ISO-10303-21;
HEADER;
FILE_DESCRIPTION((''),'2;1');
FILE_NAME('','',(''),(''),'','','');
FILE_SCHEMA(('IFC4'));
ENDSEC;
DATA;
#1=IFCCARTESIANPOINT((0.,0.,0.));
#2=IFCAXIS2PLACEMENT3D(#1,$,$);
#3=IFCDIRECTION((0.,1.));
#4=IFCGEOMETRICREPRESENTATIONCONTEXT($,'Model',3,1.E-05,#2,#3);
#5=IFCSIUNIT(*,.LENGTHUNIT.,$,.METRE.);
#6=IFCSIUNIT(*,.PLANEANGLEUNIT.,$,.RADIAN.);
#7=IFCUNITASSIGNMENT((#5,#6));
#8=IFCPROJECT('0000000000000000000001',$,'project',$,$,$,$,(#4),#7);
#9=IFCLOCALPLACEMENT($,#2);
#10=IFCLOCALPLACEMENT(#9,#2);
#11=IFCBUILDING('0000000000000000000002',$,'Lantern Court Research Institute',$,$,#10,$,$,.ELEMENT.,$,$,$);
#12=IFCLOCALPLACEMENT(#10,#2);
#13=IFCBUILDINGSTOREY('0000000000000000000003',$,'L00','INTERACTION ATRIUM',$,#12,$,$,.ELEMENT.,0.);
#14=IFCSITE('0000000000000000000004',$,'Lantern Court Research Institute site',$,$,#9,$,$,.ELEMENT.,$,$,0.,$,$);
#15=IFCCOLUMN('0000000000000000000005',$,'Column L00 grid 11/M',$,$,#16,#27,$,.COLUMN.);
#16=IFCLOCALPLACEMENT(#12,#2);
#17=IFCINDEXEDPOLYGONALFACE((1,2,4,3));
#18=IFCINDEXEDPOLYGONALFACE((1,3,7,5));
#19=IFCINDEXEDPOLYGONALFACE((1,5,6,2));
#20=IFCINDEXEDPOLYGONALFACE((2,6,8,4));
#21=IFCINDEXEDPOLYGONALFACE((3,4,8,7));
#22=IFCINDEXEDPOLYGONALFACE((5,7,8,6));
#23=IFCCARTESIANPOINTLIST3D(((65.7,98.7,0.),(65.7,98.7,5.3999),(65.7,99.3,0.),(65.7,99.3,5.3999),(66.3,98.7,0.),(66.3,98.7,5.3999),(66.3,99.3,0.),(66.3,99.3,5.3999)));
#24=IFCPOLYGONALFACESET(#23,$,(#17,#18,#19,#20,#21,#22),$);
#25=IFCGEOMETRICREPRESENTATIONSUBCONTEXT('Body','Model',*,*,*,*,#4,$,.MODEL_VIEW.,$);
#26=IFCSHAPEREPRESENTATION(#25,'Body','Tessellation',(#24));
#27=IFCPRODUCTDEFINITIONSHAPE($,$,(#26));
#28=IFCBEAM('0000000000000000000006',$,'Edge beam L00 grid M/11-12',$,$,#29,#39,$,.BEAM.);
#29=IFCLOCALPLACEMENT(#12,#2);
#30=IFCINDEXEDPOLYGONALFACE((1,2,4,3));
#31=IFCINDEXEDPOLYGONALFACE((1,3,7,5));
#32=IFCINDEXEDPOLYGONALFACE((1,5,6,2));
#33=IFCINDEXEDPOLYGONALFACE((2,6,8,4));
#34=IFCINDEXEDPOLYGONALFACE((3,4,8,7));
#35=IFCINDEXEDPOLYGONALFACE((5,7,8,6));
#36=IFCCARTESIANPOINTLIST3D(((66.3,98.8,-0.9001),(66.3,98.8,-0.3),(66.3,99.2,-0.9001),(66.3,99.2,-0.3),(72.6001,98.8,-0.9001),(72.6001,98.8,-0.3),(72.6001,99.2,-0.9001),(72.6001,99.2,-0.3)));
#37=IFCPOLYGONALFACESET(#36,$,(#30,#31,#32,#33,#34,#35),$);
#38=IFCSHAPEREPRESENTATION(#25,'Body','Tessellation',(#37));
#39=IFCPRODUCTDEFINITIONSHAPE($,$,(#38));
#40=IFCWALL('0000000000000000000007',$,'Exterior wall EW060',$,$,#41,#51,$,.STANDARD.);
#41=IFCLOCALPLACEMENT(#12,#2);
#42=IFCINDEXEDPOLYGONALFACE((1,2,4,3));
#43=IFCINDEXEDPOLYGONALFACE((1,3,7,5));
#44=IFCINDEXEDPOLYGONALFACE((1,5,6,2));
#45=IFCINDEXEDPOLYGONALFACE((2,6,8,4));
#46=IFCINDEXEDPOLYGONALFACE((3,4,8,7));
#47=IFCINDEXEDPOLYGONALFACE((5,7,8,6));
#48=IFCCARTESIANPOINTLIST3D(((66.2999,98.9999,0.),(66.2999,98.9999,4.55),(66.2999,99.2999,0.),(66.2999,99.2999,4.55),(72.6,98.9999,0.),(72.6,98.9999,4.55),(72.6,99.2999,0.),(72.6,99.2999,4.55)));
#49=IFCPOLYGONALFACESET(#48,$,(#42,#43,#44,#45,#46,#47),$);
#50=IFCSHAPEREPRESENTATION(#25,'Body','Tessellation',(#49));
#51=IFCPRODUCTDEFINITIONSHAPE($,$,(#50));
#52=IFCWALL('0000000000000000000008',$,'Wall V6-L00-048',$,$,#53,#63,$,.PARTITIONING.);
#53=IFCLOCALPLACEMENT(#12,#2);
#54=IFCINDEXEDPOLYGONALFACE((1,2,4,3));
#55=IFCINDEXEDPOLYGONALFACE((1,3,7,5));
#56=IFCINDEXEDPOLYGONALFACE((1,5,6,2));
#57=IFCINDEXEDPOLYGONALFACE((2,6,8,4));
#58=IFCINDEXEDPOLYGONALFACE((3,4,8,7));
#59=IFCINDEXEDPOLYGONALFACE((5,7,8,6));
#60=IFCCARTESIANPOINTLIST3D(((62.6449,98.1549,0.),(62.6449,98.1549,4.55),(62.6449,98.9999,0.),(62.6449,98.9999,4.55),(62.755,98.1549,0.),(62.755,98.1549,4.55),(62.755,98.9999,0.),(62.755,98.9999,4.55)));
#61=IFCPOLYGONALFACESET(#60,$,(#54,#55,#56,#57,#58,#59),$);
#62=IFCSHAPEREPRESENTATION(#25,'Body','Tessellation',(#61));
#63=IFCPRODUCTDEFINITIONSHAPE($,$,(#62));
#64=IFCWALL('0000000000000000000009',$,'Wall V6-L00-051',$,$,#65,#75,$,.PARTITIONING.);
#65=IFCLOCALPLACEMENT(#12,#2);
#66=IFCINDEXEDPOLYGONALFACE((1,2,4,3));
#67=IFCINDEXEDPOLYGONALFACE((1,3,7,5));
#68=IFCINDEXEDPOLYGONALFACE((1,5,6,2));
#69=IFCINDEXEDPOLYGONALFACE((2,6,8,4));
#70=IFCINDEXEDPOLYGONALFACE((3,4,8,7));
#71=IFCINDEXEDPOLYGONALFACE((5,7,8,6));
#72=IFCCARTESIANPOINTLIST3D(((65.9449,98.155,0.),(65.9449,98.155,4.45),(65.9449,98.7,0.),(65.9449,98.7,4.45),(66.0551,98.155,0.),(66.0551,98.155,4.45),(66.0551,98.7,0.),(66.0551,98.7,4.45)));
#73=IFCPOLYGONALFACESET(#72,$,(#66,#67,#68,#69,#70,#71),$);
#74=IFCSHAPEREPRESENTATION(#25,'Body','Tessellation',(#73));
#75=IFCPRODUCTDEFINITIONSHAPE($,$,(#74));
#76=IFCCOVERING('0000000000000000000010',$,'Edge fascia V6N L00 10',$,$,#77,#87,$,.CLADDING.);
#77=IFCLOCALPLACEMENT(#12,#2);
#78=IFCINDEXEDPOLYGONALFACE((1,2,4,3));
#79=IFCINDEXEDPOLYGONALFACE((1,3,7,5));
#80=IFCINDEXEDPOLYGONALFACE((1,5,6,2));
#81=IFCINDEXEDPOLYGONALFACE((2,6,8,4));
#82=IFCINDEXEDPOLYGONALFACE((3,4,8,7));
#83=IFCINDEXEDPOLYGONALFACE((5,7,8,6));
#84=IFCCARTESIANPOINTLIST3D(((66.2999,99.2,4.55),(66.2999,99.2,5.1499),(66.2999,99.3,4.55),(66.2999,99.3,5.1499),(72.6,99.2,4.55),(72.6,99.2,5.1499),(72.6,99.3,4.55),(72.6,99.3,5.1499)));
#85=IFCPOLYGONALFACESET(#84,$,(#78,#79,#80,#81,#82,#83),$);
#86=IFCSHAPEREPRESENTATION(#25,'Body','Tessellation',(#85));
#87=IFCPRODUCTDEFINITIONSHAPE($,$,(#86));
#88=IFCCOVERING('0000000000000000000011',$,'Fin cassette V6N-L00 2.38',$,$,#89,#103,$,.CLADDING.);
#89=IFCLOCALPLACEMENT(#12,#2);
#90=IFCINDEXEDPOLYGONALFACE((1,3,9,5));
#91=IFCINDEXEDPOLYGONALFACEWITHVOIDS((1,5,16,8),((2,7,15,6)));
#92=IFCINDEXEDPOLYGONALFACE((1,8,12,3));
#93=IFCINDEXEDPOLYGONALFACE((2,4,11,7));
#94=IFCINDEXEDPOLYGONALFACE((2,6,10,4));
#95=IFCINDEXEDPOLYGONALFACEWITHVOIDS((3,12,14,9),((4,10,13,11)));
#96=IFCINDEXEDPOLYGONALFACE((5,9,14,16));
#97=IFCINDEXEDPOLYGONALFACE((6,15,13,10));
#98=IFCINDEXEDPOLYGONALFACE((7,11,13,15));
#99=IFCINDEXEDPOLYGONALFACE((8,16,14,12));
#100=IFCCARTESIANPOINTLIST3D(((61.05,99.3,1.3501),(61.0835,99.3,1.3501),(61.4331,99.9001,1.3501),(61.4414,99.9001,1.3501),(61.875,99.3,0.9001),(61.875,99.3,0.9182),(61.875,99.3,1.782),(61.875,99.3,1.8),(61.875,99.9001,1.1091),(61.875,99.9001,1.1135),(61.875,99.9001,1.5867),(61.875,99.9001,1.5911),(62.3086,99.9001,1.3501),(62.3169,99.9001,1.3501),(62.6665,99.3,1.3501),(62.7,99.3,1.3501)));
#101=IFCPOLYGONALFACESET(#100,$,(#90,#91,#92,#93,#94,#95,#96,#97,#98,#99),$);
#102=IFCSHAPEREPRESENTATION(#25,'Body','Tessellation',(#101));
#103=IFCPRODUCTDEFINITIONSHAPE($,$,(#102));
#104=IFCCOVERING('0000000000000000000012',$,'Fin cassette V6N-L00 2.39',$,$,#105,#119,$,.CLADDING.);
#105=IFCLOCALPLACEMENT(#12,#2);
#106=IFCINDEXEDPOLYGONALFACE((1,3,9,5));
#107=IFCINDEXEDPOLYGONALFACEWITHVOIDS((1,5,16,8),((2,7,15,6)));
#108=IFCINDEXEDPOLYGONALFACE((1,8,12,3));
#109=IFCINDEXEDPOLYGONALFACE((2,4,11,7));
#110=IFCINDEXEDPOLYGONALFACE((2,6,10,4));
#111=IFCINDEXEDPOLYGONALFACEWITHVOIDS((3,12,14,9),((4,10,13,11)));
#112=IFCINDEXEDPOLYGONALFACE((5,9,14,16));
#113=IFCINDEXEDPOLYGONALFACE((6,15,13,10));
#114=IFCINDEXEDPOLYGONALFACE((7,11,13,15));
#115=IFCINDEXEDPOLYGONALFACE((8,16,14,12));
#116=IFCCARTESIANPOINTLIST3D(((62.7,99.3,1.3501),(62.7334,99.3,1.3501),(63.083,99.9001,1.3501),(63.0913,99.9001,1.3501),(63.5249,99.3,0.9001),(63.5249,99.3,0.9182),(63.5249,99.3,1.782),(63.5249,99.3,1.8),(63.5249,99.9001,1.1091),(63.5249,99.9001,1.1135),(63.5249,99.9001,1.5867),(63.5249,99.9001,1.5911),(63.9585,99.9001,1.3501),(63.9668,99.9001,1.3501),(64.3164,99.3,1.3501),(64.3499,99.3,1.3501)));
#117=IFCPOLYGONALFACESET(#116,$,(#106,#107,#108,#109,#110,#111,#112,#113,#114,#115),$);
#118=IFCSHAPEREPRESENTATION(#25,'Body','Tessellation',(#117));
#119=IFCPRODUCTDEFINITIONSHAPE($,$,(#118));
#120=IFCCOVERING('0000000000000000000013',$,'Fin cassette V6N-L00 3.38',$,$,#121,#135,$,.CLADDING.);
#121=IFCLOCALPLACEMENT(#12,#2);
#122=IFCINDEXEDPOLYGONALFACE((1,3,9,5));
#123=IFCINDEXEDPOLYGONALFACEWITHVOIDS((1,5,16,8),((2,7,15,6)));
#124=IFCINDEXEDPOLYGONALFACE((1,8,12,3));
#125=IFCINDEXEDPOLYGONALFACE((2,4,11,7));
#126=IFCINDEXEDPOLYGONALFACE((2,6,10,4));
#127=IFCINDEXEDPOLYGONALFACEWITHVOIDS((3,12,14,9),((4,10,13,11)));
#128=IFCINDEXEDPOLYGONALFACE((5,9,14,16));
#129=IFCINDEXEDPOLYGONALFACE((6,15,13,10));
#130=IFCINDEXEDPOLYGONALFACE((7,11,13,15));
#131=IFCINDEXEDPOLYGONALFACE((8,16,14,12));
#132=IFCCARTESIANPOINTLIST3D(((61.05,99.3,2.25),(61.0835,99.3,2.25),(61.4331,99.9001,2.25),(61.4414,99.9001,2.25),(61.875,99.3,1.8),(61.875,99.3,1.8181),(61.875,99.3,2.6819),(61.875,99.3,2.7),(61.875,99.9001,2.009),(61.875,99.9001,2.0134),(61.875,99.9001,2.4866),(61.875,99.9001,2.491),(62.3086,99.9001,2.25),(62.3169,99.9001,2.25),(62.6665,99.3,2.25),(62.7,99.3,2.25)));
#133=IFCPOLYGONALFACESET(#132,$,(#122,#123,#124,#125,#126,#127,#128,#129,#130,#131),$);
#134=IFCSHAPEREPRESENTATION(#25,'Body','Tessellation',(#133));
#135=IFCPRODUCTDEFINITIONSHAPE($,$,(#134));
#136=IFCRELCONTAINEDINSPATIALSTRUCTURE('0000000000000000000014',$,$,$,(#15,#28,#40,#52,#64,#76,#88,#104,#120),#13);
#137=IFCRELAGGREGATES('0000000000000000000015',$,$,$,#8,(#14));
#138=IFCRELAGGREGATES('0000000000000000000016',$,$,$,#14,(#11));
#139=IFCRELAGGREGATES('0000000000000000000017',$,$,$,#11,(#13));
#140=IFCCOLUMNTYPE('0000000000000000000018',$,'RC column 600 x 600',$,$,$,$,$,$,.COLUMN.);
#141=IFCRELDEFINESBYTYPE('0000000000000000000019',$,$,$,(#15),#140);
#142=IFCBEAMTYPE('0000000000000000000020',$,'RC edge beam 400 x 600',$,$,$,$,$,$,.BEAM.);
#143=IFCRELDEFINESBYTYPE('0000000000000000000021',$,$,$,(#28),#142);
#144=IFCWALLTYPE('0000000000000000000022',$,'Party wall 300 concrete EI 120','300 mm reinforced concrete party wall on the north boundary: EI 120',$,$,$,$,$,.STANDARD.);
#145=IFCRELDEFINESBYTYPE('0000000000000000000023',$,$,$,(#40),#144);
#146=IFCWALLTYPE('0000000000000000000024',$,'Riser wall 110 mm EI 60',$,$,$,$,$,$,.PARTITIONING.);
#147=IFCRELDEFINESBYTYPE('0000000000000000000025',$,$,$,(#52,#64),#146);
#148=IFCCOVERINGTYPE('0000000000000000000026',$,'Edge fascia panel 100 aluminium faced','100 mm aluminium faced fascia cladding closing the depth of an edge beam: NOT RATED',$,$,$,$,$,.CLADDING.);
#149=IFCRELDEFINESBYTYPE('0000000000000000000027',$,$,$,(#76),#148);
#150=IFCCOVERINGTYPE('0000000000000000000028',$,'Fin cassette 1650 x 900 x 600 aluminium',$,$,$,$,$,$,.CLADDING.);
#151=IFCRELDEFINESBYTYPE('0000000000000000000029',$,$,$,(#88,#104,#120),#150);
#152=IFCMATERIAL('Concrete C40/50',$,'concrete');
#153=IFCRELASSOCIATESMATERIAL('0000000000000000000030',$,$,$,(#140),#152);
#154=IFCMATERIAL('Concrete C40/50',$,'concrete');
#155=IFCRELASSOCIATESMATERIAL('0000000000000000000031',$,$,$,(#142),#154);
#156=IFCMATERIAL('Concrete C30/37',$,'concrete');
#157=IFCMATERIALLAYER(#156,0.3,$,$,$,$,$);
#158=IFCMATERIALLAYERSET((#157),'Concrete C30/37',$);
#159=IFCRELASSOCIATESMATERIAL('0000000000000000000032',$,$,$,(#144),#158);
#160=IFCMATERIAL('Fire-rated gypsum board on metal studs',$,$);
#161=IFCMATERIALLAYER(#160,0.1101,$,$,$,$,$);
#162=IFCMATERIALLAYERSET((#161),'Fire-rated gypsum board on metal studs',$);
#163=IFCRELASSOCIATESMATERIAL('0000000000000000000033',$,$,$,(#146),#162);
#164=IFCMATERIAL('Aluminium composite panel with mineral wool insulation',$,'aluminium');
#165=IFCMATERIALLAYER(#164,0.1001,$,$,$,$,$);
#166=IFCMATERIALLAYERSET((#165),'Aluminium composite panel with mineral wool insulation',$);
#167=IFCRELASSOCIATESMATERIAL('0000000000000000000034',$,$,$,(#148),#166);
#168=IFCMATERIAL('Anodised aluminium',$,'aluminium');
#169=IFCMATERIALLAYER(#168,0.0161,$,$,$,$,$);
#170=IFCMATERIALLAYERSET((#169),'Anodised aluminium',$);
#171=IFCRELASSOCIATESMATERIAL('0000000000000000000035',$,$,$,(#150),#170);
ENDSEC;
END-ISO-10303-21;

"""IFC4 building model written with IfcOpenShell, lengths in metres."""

from ifc_helpers import new_model, entity, si_unit, direction, frame, frame_2d, origin, origin_2d, place, context, subcontext, project, spatial, rectangle, extrude, material, layer, layer_set, material_profile, profile_set, type_object, element, save


model = new_model("IFC4")

# Units and contexts
model_context = context("Model", 3, precision=1e-05, world=origin(), true_north=direction((0.0, 1.0)))
body_context = subcontext(model_context, "Body", "Model", "MODEL_VIEW")
ifc_project = project(units=[si_unit("LENGTHUNIT", "METRE"), si_unit("PLANEANGLEUNIT", "RADIAN")], contexts=[model_context])

# Site, building, storey
site_placement = place(None, origin())
site = spatial("IfcSite", under=ifc_project, at=site_placement, Name="Lantern Court Research Institute site", CompositionType="ELEMENT", RefElevation=0.0)
building_placement = place(site_placement, origin())
building = spatial("IfcBuilding", under=site, at=building_placement, Name="Lantern Court Research Institute", CompositionType="ELEMENT")
storey_placement = place(building_placement, origin())
storey = spatial("IfcBuildingStorey", under=building, at=storey_placement, Name="L00", Description="INTERACTION ATRIUM", CompositionType="ELEMENT", Elevation=0.0)

# Column
ifc_material_1 = material(Name="Concrete C40/50", Category="concrete")
ifc_material_profile_1 = material_profile(ifc_material_1, rectangle(XDim=0.6001, YDim=0.6001, at=origin_2d()), Name="RC column 600 x 600")
ifc_profile_set_1 = profile_set([ifc_material_profile_1], Name="Concrete C40/50")
column_type = type_object("IfcColumnType", Name="RC column 600 x 600", PredefinedType="COLUMN", material=ifc_profile_set_1)
column_placement = place(storey_placement, frame((66.0, 99.0, 0.0), z_axis=(0.0, 0.0, 1.0), x_axis=(1.0, 0.0, 0.0)))
element("IfcColumn", 1, at=column_placement, inside=storey, type_object=column_type, Name="Column L00 grid 11/M", PredefinedType="COLUMN", context=body_context, shape_type="SweptSolid", body=[
    extrude(rectangle(XDim=0.6001, YDim=0.6001, at=origin_2d()), origin(), (0.0, 0.0, 1.0), 5.3999),
])

# Beam
ifc_material_2 = material(Name="Concrete C40/50", Category="concrete")
ifc_material_profile_2 = material_profile(ifc_material_2, rectangle(XDim=0.3999, YDim=0.6001, at=origin_2d()), Name="RC beam 400 x 600")
ifc_profile_set_2 = profile_set([ifc_material_profile_2], Name="Concrete C40/50")
beam_type = type_object("IfcBeamType", Name="RC edge beam 400 x 600", PredefinedType="BEAM", material=ifc_profile_set_2)
beam_placement = place(storey_placement, frame((66.3, 99.0, -0.6001), z_axis=(1.0, 0.0, 0.0), x_axis=(0.0, 1.0, 0.0)))
element("IfcBeam", 2, at=beam_placement, inside=storey, type_object=beam_type, Name="Edge beam L00 grid M/11-12", PredefinedType="BEAM", context=body_context, shape_type="SweptSolid", body=[
    extrude(rectangle(XDim=0.3999, YDim=0.6001, at=origin_2d()), origin(), (0.0, 0.0, 1.0), 6.3),
])

# Walls
ifc_material_3 = material(Name="Concrete C30/37", Category="concrete")
ifc_layer_1 = layer(ifc_material_3, 0.3)
ifc_layer_set_1 = layer_set([ifc_layer_1], Name="Concrete C30/37")
wall_type_1 = type_object("IfcWallType", Name="Party wall 300 concrete EI 120", Description="300 mm reinforced concrete party wall on the north boundary: EI 120", PredefinedType="STANDARD", material=ifc_layer_set_1)
wall_1_placement = place(storey_placement, frame((66.3, 99.1499, 0.0), z_axis=(0.0, 0.0, 1.0), x_axis=(1.0, 0.0, 0.0)))
element("IfcWall", 3, at=wall_1_placement, inside=storey, type_object=wall_type_1, Name="Exterior wall EW060", PredefinedType="STANDARD", context=body_context, shape_type="SweptSolid", body=[
    extrude(rectangle(XDim=6.3, YDim=0.3, at=frame_2d((3.1499, 0.0))), origin(), (0.0, 0.0, 1.0), 4.55),
])
ifc_material_4 = material(Name="Fire-rated gypsum board on metal studs")
ifc_layer_2 = layer(ifc_material_4, 0.1101)
ifc_layer_set_2 = layer_set([ifc_layer_2], Name="Fire-rated gypsum board on metal studs")
wall_type_2 = type_object("IfcWallType", Name="Riser wall 110 mm EI 60", PredefinedType="PARTITIONING", material=ifc_layer_set_2)
wall_2_placement = place(storey_placement, frame((62.7, 98.155, 0.0), z_axis=(0.0, 0.0, 1.0), x_axis=(0.0, 1.0, 0.0)))
element("IfcWall", 4, at=wall_2_placement, inside=storey, type_object=wall_type_2, Name="Wall V6-L00-048", PredefinedType="PARTITIONING", context=body_context, shape_type="SweptSolid", body=[
    extrude(rectangle(XDim=0.845, YDim=0.1101, at=frame_2d((0.4224, 0.0))), origin(), (0.0, 0.0, 1.0), 4.55),
])
wall_3_placement = place(storey_placement, frame((66.0, 98.155, 0.0), z_axis=(0.0, 0.0, 1.0), x_axis=(0.0, 1.0, 0.0)))
element("IfcWall", 5, at=wall_3_placement, inside=storey, type_object=wall_type_2, Name="Wall V6-L00-051", PredefinedType="PARTITIONING", context=body_context, shape_type="SweptSolid", body=[
    extrude(rectangle(XDim=0.5449, YDim=0.1101, at=frame_2d((0.2725, 0.0))), origin(), (0.0, 0.0, 1.0), 4.45),
])

# Coverings
ifc_material_5 = material(Name="Aluminium composite panel with mineral wool insulation", Category="aluminium")
ifc_layer_3 = layer(ifc_material_5, 0.1001)
ifc_layer_set_3 = layer_set([ifc_layer_3], Name="Aluminium composite panel with mineral wool insulation")
covering_type_1 = type_object("IfcCoveringType", Name="Edge fascia panel 100 aluminium faced", Description="100 mm aluminium faced fascia cladding closing the depth of an edge beam: NOT RATED", PredefinedType="CLADDING", material=ifc_layer_set_3)
covering_1_placement = place(storey_placement, frame((66.3, 99.25, 4.55), z_axis=(0.0, 0.0, 1.0), x_axis=(1.0, 0.0, 0.0)))
element("IfcCovering", 6, at=covering_1_placement, inside=storey, type_object=covering_type_1, Name="Edge fascia V6N L00 10", PredefinedType="CLADDING", context=body_context, shape_type="SweptSolid", body=[
    extrude(rectangle(XDim=6.3, YDim=0.1001, at=frame_2d((3.1499, 0.0))), origin(), (0.0, 0.0, 1.0), 0.5999),
])
ifc_material_6 = material(Name="Anodised aluminium", Category="aluminium")
ifc_layer_4 = layer(ifc_material_6, 0.0161)
ifc_layer_set_4 = layer_set([ifc_layer_4], Name="Anodised aluminium")
covering_type_2 = type_object("IfcCoveringType", Name="Fin cassette 1650 x 900 x 600 aluminium", PredefinedType="CLADDING", material=ifc_layer_set_4)
covering_2_placement = place(storey_placement, frame((61.875, 99.3, 1.3501), z_axis=(0.0, 1.0, 0.0), x_axis=(-1.0, 0.0, 0.0)))
cartesian_point_1 = entity("IfcCartesianPoint", [0.825, 0.0])
cartesian_point_2 = entity("IfcCartesianPoint", [0.7915, 0.0])
cartesian_point_3 = entity("IfcCartesianPoint", [0.4419, 0.0])
cartesian_point_4 = entity("IfcCartesianPoint", [0.4336, 0.0])
element("IfcCovering", 7, at=covering_2_placement, inside=storey, type_object=covering_type_2, Name="Fin cassette V6N-L00 2.38", PredefinedType="CLADDING", context=body_context, shape_type="SweptSolid", body=[
    entity("IfcExtrudedAreaSolidTapered", entity("IfcArbitraryProfileDefWithVoids", "AREA", None, entity("IfcPolyline", [cartesian_point_1, entity("IfcCartesianPoint", [0.0, 0.45]), entity("IfcCartesianPoint", [-0.825, 0.0]), entity("IfcCartesianPoint", [0.0, -0.45]), cartesian_point_1]), [entity("IfcPolyline", [cartesian_point_2, entity("IfcCartesianPoint", [0.0, 0.4319]), entity("IfcCartesianPoint", [-0.7915, 0.0]), entity("IfcCartesianPoint", [0.0, -0.4319]), cartesian_point_2])]), entity("IfcAxis2Placement3D", entity("IfcCartesianPoint", [0.0, 0.0, 0.0])), entity("IfcDirection", [0.0, 0.0, 1.0]), 0.6001, entity("IfcArbitraryProfileDefWithVoids", "AREA", None, entity("IfcPolyline", [cartesian_point_3, entity("IfcCartesianPoint", [0.0, 0.241]), entity("IfcCartesianPoint", [-0.4419, 0.0]), entity("IfcCartesianPoint", [0.0, -0.241]), cartesian_point_3]), [entity("IfcPolyline", [cartesian_point_4, entity("IfcCartesianPoint", [0.0, 0.2366]), entity("IfcCartesianPoint", [-0.4336, 0.0]), entity("IfcCartesianPoint", [0.0, -0.2366]), cartesian_point_4])])),
])
covering_3_placement = place(storey_placement, frame((63.5249, 99.3, 1.3501), z_axis=(0.0, 1.0, 0.0), x_axis=(-1.0, 0.0, 0.0)))
cartesian_point_5 = entity("IfcCartesianPoint", [0.825, 0.0])
cartesian_point_6 = entity("IfcCartesianPoint", [0.7915, 0.0])
cartesian_point_7 = entity("IfcCartesianPoint", [0.4419, 0.0])
cartesian_point_8 = entity("IfcCartesianPoint", [0.4336, 0.0])
element("IfcCovering", 8, at=covering_3_placement, inside=storey, type_object=covering_type_2, Name="Fin cassette V6N-L00 2.39", PredefinedType="CLADDING", context=body_context, shape_type="SweptSolid", body=[
    entity("IfcExtrudedAreaSolidTapered", entity("IfcArbitraryProfileDefWithVoids", "AREA", None, entity("IfcPolyline", [cartesian_point_5, entity("IfcCartesianPoint", [0.0, 0.45]), entity("IfcCartesianPoint", [-0.825, 0.0]), entity("IfcCartesianPoint", [0.0, -0.45]), cartesian_point_5]), [entity("IfcPolyline", [cartesian_point_6, entity("IfcCartesianPoint", [0.0, 0.4319]), entity("IfcCartesianPoint", [-0.7915, 0.0]), entity("IfcCartesianPoint", [0.0, -0.4319]), cartesian_point_6])]), entity("IfcAxis2Placement3D", entity("IfcCartesianPoint", [0.0, 0.0, 0.0])), entity("IfcDirection", [0.0, 0.0, 1.0]), 0.6001, entity("IfcArbitraryProfileDefWithVoids", "AREA", None, entity("IfcPolyline", [cartesian_point_7, entity("IfcCartesianPoint", [0.0, 0.241]), entity("IfcCartesianPoint", [-0.4419, 0.0]), entity("IfcCartesianPoint", [0.0, -0.241]), cartesian_point_7]), [entity("IfcPolyline", [cartesian_point_8, entity("IfcCartesianPoint", [0.0, 0.2366]), entity("IfcCartesianPoint", [-0.4336, 0.0]), entity("IfcCartesianPoint", [0.0, -0.2366]), cartesian_point_8])])),
])
covering_4_placement = place(storey_placement, frame((61.875, 99.3, 2.25), z_axis=(0.0, 1.0, 0.0), x_axis=(-1.0, 0.0, 0.0)))
cartesian_point_9 = entity("IfcCartesianPoint", [0.825, 0.0])
cartesian_point_10 = entity("IfcCartesianPoint", [0.7915, 0.0])
cartesian_point_11 = entity("IfcCartesianPoint", [0.4419, 0.0])
cartesian_point_12 = entity("IfcCartesianPoint", [0.4336, 0.0])
element("IfcCovering", 9, at=covering_4_placement, inside=storey, type_object=covering_type_2, Name="Fin cassette V6N-L00 3.38", PredefinedType="CLADDING", context=body_context, shape_type="SweptSolid", body=[
    entity("IfcExtrudedAreaSolidTapered", entity("IfcArbitraryProfileDefWithVoids", "AREA", None, entity("IfcPolyline", [cartesian_point_9, entity("IfcCartesianPoint", [0.0, 0.45]), entity("IfcCartesianPoint", [-0.825, 0.0]), entity("IfcCartesianPoint", [0.0, -0.45]), cartesian_point_9]), [entity("IfcPolyline", [cartesian_point_10, entity("IfcCartesianPoint", [0.0, 0.4319]), entity("IfcCartesianPoint", [-0.7915, 0.0]), entity("IfcCartesianPoint", [0.0, -0.4319]), cartesian_point_10])]), entity("IfcAxis2Placement3D", entity("IfcCartesianPoint", [0.0, 0.0, 0.0])), entity("IfcDirection", [0.0, 0.0, 1.0]), 0.6001, entity("IfcArbitraryProfileDefWithVoids", "AREA", None, entity("IfcPolyline", [cartesian_point_11, entity("IfcCartesianPoint", [0.0, 0.241]), entity("IfcCartesianPoint", [-0.4419, 0.0]), entity("IfcCartesianPoint", [0.0, -0.241]), cartesian_point_11]), [entity("IfcPolyline", [cartesian_point_12, entity("IfcCartesianPoint", [0.0, 0.2366]), entity("IfcCartesianPoint", [-0.4336, 0.0]), entity("IfcCartesianPoint", [0.0, -0.2366]), cartesian_point_12])])),
])

save(model, "model.ifc")
